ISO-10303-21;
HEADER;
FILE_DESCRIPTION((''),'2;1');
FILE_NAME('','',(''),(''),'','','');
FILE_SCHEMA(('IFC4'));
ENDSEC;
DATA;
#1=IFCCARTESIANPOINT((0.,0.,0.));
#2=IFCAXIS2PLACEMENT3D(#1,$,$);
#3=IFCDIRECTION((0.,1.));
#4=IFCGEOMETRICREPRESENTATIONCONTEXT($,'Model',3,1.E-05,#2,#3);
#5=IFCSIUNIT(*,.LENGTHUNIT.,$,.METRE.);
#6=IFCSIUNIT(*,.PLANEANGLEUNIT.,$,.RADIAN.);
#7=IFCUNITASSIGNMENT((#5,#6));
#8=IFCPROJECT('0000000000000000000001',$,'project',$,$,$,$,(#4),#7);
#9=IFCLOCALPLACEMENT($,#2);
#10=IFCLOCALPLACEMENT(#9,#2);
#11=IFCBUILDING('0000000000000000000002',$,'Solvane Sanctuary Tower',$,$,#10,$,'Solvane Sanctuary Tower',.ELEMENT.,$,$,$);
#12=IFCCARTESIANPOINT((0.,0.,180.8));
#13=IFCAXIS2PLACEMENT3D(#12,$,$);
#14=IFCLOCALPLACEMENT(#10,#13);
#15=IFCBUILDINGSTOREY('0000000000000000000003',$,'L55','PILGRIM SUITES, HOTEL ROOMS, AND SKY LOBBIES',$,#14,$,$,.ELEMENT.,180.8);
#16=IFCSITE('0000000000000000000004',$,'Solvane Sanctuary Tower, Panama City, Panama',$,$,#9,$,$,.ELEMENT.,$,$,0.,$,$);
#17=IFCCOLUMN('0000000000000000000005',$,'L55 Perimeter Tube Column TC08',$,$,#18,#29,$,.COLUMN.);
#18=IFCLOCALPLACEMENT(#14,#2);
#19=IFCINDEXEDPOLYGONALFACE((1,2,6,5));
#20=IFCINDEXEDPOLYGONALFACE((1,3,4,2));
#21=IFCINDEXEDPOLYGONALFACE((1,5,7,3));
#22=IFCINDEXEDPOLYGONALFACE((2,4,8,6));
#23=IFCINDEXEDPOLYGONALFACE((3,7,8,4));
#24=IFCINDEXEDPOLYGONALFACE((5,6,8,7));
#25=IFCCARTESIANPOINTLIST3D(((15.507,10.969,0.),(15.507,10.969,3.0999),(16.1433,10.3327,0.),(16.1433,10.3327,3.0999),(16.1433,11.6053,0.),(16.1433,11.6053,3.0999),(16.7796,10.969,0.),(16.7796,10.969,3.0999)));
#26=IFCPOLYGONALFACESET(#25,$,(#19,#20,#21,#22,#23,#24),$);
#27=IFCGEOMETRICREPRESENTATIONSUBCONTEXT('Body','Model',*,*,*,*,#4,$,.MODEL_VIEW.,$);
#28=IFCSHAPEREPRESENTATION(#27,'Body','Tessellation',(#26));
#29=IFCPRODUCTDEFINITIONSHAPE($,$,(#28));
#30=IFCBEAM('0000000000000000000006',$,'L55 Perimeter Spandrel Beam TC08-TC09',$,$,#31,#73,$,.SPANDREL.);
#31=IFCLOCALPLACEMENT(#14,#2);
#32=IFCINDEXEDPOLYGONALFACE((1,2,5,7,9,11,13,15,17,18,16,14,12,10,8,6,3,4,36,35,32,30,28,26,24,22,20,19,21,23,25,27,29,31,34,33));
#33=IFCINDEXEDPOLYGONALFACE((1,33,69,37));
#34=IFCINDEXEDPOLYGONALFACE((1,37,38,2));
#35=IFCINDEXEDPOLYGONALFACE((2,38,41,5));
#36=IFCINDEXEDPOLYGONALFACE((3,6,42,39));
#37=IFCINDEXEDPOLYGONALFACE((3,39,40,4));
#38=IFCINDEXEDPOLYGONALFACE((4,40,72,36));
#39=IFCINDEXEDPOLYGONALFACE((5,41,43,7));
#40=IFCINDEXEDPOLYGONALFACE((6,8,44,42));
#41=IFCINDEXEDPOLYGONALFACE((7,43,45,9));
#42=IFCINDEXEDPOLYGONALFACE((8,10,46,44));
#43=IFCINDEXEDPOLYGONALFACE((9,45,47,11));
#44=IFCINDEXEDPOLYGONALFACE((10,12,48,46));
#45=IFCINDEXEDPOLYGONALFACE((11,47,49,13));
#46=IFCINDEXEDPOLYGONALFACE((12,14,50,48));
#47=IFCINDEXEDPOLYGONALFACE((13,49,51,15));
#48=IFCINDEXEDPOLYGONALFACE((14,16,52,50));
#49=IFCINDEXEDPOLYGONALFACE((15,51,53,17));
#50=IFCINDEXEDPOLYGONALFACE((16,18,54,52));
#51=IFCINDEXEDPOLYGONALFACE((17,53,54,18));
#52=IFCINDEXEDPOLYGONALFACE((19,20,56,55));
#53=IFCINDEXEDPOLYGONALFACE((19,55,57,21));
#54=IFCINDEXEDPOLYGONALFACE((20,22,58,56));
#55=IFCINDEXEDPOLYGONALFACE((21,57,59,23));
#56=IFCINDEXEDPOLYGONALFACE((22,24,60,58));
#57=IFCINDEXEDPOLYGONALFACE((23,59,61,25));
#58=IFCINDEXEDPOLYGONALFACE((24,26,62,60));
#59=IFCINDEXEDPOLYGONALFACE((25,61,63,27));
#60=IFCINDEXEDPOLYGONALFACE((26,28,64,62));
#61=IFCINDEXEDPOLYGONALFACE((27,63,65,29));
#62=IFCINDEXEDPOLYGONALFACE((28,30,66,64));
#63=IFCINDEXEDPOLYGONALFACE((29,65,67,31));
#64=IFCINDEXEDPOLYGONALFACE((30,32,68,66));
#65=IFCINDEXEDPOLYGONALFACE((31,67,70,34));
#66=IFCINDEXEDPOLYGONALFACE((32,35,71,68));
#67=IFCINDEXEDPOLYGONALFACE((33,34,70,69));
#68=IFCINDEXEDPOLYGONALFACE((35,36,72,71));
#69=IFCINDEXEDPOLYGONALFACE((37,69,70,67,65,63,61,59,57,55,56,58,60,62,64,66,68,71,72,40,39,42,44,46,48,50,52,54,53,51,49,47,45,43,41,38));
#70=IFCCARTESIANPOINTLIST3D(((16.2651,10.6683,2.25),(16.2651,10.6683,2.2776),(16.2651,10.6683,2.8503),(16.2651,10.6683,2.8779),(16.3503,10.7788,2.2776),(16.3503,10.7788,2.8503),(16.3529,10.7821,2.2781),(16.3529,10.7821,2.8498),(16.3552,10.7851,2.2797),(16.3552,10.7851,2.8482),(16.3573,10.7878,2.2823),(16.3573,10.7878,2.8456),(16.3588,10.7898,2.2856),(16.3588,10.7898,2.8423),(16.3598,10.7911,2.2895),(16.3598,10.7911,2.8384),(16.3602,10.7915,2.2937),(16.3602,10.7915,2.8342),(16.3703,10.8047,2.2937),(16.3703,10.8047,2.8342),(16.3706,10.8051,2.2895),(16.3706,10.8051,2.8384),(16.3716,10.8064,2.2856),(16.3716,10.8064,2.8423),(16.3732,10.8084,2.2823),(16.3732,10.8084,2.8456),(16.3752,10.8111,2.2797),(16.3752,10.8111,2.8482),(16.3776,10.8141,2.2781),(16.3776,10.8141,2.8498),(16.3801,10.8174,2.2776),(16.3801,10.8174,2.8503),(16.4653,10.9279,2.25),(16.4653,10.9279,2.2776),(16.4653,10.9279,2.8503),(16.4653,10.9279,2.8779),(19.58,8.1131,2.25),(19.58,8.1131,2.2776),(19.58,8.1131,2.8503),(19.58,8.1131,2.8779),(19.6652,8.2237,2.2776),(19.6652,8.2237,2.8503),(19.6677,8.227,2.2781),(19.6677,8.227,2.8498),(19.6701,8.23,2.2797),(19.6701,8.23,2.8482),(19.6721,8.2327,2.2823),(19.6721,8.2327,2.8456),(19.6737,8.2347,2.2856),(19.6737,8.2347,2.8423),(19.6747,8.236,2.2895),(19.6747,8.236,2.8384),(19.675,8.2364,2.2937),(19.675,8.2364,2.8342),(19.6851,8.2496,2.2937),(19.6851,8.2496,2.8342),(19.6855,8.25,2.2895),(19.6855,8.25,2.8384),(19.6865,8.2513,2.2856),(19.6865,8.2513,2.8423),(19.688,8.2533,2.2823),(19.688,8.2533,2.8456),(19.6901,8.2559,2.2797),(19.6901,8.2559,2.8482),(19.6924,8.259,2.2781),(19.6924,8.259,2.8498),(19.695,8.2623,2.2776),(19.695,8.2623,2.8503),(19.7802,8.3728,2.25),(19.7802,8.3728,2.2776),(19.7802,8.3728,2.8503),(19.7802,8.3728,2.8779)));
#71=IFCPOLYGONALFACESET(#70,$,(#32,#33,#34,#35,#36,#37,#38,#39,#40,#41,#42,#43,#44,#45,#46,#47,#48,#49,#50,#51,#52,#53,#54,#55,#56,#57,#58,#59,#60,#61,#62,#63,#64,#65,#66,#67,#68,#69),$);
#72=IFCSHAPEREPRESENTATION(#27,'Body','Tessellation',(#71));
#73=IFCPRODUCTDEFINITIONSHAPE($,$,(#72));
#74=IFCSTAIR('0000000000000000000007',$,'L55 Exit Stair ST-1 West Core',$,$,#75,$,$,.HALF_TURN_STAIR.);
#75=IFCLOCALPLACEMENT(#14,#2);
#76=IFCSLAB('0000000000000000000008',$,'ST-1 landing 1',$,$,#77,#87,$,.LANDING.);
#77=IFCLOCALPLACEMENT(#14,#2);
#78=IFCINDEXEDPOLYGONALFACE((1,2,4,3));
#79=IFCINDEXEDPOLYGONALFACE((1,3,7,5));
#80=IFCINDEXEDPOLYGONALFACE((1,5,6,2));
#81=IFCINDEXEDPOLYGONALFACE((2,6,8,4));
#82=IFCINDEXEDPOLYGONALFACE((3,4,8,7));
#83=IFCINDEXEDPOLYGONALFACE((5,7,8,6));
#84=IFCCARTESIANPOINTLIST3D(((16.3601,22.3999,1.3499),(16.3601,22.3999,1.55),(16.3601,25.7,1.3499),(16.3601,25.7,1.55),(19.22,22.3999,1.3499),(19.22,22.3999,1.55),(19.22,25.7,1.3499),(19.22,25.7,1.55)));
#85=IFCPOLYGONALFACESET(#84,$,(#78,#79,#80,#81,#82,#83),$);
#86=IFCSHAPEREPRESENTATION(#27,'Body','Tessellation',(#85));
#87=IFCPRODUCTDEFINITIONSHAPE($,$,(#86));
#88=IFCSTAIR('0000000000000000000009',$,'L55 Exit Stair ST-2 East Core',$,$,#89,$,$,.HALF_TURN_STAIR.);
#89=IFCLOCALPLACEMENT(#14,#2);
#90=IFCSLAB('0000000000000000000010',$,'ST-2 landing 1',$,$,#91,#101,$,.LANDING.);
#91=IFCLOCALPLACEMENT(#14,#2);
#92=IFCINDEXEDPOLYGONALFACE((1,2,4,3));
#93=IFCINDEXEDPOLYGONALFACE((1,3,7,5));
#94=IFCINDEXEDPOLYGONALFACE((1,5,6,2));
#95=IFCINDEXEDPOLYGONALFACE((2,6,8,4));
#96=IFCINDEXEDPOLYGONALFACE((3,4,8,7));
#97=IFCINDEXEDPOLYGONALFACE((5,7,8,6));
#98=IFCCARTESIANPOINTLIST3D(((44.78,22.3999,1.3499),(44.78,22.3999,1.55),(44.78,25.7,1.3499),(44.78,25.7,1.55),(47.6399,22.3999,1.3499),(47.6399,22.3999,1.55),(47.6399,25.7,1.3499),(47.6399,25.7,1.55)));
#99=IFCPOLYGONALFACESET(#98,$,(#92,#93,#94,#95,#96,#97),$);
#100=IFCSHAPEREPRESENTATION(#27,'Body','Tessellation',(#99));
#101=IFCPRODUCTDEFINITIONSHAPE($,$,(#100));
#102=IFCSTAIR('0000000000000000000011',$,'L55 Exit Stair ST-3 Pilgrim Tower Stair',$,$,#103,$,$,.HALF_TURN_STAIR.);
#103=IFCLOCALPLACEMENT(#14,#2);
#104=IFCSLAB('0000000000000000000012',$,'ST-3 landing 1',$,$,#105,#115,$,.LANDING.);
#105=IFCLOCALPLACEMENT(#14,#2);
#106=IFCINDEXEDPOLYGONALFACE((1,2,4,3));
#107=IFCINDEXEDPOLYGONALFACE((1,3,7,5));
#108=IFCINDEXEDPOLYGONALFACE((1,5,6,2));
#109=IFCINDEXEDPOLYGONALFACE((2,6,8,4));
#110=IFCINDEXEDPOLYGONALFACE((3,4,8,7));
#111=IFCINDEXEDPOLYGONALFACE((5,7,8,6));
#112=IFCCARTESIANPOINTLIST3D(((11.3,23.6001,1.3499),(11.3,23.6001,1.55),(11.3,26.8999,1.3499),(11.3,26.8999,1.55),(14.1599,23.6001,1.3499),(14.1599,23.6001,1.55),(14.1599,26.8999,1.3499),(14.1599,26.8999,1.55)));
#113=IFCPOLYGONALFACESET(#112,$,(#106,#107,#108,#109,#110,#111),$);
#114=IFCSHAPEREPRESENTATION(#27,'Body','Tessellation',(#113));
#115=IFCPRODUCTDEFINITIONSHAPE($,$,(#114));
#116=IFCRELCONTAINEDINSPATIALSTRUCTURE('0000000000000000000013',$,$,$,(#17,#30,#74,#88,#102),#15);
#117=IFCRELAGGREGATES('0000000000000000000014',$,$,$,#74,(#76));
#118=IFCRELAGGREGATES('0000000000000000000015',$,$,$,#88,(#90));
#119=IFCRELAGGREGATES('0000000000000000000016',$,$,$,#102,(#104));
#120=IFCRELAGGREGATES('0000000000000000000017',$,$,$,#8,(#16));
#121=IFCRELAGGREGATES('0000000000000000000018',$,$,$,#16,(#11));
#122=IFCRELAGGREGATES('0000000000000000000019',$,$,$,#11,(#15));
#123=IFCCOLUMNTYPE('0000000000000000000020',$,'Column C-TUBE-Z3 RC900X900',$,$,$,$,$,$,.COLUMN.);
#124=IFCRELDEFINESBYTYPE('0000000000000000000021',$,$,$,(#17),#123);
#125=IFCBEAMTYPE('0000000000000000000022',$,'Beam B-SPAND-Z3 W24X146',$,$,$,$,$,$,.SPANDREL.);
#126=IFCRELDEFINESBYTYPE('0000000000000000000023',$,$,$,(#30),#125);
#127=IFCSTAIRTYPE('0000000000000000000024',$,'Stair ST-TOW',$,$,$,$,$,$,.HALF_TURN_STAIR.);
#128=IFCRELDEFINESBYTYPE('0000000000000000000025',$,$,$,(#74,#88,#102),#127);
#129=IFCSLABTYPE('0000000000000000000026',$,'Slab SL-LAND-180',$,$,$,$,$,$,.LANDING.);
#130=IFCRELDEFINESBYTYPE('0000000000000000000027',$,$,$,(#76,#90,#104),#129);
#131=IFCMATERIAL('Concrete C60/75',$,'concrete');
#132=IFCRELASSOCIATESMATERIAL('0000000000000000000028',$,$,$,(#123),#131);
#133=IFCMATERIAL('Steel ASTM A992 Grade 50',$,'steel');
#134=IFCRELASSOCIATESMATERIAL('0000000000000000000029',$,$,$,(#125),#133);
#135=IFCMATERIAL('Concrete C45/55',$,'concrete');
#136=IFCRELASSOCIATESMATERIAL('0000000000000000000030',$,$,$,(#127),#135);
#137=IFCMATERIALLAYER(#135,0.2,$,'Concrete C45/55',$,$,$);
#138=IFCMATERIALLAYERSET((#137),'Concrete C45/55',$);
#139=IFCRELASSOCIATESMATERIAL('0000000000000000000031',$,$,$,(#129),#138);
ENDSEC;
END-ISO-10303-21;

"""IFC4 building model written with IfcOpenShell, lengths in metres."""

from ifc_helpers import new_model, si_unit, direction, frame, origin, origin_2d, place, context, subcontext, project, spatial, polyline, rectangle, i_section, outline, extrude, material, layer, layer_set, material_profile, profile_set, type_object, element, aggregate, save


model = new_model("IFC4")

# Units and contexts
model_context = context("Model", 3, precision=1e-05, world=origin(), true_north=direction((0.0, 1.0)))
body_context = subcontext(model_context, "Body", "Model", "MODEL_VIEW")
ifc_project = project(units=[si_unit("LENGTHUNIT", "METRE"), si_unit("PLANEANGLEUNIT", "RADIAN")], contexts=[model_context])

# Site, building, storey
site_placement = place(None, origin())
site = spatial("IfcSite", under=ifc_project, at=site_placement, Name="Solvane Sanctuary Tower, Panama City, Panama", CompositionType="ELEMENT", RefElevation=0.0)
building_placement = place(site_placement, origin())
building = spatial("IfcBuilding", under=site, at=building_placement, Name="Solvane Sanctuary Tower", LongName="Solvane Sanctuary Tower", CompositionType="ELEMENT")
storey_placement = place(building_placement, frame((0.0, 0.0, 180.8)))
storey = spatial("IfcBuildingStorey", under=building, at=storey_placement, Name="L55", Description="PILGRIM SUITES, HOTEL ROOMS, AND SKY LOBBIES", CompositionType="ELEMENT", Elevation=180.8)

# Column
ifc_material_1 = material(Name="Concrete C60/75", Category="concrete")
ifc_material_profile_1 = material_profile(ifc_material_1, rectangle(XDim=0.8999, YDim=0.8999, at=origin_2d()), Name="RC900X900")
ifc_profile_set_1 = profile_set([ifc_material_profile_1], Name="Concrete C60/75")
column_type = type_object("IfcColumnType", Name="Column C-TUBE-Z3 RC900X900", PredefinedType="COLUMN", material=ifc_profile_set_1)
column_placement = place(storey_placement, frame((16.1433, 10.969, 0.0), z_axis=(0.0, 0.0, 1.0), x_axis=(-0.707107, -0.707107, 0.0)))
element("IfcColumn", 1, at=column_placement, inside=storey, type_object=column_type, Name="L55 Perimeter Tube Column TC08", PredefinedType="COLUMN", context=body_context, shape_type="SweptSolid", body=[
    extrude(rectangle(XDim=0.8999, YDim=0.8999, at=origin_2d()), origin(), (0.0, 0.0, 1.0), 3.0999),
])

# Beam
ifc_material_2 = material(Name="Steel ASTM A992 Grade 50", Category="steel")
ifc_material_profile_2 = material_profile(ifc_material_2, i_section(OverallWidth=0.3279, OverallDepth=0.6279, WebThickness=0.0166, FlangeThickness=0.0276, FilletRadius=0.0161, at=origin_2d()), Name="W24X146")
ifc_profile_set_2 = profile_set([ifc_material_profile_2], Name="Steel ASTM A992 Grade 50")
beam_type = type_object("IfcBeamType", Name="Beam B-SPAND-Z3 W24X146", PredefinedType="SPANDREL", material=ifc_profile_set_2)
beam_placement = place(storey_placement, frame((16.3652, 10.7981, 2.564), z_axis=(0.792021, -0.610494, 0.0), x_axis=(0.610494, 0.792021, 0.0)))
element("IfcBeam", 2, at=beam_placement, inside=storey, type_object=beam_type, Name="L55 Perimeter Spandrel Beam TC08-TC09", PredefinedType="SPANDREL", context=body_context, shape_type="SweptSolid", body=[
    extrude(i_section(OverallWidth=0.3279, OverallDepth=0.6279, WebThickness=0.0166, FlangeThickness=0.0276, FilletRadius=0.0161, at=origin_2d()), origin(), (0.0, 0.0, 1.0), 4.1853),
])

# Stairs, slabs
ifc_material_3 = material(Name="Concrete C45/55", Category="concrete")
stair_type = type_object("IfcStairType", Name="Stair ST-TOW", PredefinedType="HALF_TURN_STAIR", material=ifc_material_3)
stair_1_placement = place(storey_placement, origin())
stair_1 = element("IfcStair", 3, at=stair_1_placement, inside=storey, type_object=stair_type, Name="L55 Exit Stair ST-1 West Core", PredefinedType="HALF_TURN_STAIR")
ifc_layer_1 = layer(ifc_material_3, 0.2, Name="Concrete C45/55")
ifc_layer_set_1 = layer_set([ifc_layer_1], Name="Concrete C45/55")
slab_type_1 = type_object("IfcSlabType", Name="Slab SL-LAND-180", PredefinedType="LANDING", material=ifc_layer_set_1)
slab_1_placement = place(storey_placement, frame((0.0, 0.0, 1.3499)))
slab_1 = element("IfcSlab", 4, at=slab_1_placement, type_object=slab_type_1, Name="ST-1 landing 1", PredefinedType="LANDING", context=body_context, shape_type="SweptSolid", body=[
    extrude(outline(polyline([(19.22, 22.3999), (19.22, 25.7), (16.3601, 25.7), (16.3601, 22.3999), (19.22, 22.3999)])), origin(), (0.0, 0.0, 1.0), 0.2002),
])
aggregate(stair_1, [slab_1])
stair_2_placement = place(storey_placement, origin())
stair_2 = element("IfcStair", 5, at=stair_2_placement, inside=storey, type_object=stair_type, Name="L55 Exit Stair ST-2 East Core", PredefinedType="HALF_TURN_STAIR")
slab_2_placement = place(storey_placement, frame((0.0, 0.0, 1.3499)))
slab_2 = element("IfcSlab", 6, at=slab_2_placement, type_object=slab_type_1, Name="ST-2 landing 1", PredefinedType="LANDING", context=body_context, shape_type="SweptSolid", body=[
    extrude(outline(polyline([(47.6399, 22.3999), (47.6399, 25.7), (44.78, 25.7), (44.78, 22.3999), (47.6399, 22.3999)])), origin(), (0.0, 0.0, 1.0), 0.2002),
])
aggregate(stair_2, [slab_2])
stair_3_placement = place(storey_placement, origin())
stair_3 = element("IfcStair", 7, at=stair_3_placement, inside=storey, type_object=stair_type, Name="L55 Exit Stair ST-3 Pilgrim Tower Stair", PredefinedType="HALF_TURN_STAIR")
slab_3_placement = place(storey_placement, frame((0.0, 0.0, 1.3499)))
slab_3 = element("IfcSlab", 8, at=slab_3_placement, type_object=slab_type_1, Name="ST-3 landing 1", PredefinedType="LANDING", context=body_context, shape_type="SweptSolid", body=[
    extrude(outline(polyline([(14.1599, 23.6001), (14.1599, 26.8999), (11.3, 26.8999), (11.3, 23.6001), (14.1599, 23.6001)])), origin(), (0.0, 0.0, 1.0), 0.2002),
])
aggregate(stair_3, [slab_3])

save(model, "model.ifc")
